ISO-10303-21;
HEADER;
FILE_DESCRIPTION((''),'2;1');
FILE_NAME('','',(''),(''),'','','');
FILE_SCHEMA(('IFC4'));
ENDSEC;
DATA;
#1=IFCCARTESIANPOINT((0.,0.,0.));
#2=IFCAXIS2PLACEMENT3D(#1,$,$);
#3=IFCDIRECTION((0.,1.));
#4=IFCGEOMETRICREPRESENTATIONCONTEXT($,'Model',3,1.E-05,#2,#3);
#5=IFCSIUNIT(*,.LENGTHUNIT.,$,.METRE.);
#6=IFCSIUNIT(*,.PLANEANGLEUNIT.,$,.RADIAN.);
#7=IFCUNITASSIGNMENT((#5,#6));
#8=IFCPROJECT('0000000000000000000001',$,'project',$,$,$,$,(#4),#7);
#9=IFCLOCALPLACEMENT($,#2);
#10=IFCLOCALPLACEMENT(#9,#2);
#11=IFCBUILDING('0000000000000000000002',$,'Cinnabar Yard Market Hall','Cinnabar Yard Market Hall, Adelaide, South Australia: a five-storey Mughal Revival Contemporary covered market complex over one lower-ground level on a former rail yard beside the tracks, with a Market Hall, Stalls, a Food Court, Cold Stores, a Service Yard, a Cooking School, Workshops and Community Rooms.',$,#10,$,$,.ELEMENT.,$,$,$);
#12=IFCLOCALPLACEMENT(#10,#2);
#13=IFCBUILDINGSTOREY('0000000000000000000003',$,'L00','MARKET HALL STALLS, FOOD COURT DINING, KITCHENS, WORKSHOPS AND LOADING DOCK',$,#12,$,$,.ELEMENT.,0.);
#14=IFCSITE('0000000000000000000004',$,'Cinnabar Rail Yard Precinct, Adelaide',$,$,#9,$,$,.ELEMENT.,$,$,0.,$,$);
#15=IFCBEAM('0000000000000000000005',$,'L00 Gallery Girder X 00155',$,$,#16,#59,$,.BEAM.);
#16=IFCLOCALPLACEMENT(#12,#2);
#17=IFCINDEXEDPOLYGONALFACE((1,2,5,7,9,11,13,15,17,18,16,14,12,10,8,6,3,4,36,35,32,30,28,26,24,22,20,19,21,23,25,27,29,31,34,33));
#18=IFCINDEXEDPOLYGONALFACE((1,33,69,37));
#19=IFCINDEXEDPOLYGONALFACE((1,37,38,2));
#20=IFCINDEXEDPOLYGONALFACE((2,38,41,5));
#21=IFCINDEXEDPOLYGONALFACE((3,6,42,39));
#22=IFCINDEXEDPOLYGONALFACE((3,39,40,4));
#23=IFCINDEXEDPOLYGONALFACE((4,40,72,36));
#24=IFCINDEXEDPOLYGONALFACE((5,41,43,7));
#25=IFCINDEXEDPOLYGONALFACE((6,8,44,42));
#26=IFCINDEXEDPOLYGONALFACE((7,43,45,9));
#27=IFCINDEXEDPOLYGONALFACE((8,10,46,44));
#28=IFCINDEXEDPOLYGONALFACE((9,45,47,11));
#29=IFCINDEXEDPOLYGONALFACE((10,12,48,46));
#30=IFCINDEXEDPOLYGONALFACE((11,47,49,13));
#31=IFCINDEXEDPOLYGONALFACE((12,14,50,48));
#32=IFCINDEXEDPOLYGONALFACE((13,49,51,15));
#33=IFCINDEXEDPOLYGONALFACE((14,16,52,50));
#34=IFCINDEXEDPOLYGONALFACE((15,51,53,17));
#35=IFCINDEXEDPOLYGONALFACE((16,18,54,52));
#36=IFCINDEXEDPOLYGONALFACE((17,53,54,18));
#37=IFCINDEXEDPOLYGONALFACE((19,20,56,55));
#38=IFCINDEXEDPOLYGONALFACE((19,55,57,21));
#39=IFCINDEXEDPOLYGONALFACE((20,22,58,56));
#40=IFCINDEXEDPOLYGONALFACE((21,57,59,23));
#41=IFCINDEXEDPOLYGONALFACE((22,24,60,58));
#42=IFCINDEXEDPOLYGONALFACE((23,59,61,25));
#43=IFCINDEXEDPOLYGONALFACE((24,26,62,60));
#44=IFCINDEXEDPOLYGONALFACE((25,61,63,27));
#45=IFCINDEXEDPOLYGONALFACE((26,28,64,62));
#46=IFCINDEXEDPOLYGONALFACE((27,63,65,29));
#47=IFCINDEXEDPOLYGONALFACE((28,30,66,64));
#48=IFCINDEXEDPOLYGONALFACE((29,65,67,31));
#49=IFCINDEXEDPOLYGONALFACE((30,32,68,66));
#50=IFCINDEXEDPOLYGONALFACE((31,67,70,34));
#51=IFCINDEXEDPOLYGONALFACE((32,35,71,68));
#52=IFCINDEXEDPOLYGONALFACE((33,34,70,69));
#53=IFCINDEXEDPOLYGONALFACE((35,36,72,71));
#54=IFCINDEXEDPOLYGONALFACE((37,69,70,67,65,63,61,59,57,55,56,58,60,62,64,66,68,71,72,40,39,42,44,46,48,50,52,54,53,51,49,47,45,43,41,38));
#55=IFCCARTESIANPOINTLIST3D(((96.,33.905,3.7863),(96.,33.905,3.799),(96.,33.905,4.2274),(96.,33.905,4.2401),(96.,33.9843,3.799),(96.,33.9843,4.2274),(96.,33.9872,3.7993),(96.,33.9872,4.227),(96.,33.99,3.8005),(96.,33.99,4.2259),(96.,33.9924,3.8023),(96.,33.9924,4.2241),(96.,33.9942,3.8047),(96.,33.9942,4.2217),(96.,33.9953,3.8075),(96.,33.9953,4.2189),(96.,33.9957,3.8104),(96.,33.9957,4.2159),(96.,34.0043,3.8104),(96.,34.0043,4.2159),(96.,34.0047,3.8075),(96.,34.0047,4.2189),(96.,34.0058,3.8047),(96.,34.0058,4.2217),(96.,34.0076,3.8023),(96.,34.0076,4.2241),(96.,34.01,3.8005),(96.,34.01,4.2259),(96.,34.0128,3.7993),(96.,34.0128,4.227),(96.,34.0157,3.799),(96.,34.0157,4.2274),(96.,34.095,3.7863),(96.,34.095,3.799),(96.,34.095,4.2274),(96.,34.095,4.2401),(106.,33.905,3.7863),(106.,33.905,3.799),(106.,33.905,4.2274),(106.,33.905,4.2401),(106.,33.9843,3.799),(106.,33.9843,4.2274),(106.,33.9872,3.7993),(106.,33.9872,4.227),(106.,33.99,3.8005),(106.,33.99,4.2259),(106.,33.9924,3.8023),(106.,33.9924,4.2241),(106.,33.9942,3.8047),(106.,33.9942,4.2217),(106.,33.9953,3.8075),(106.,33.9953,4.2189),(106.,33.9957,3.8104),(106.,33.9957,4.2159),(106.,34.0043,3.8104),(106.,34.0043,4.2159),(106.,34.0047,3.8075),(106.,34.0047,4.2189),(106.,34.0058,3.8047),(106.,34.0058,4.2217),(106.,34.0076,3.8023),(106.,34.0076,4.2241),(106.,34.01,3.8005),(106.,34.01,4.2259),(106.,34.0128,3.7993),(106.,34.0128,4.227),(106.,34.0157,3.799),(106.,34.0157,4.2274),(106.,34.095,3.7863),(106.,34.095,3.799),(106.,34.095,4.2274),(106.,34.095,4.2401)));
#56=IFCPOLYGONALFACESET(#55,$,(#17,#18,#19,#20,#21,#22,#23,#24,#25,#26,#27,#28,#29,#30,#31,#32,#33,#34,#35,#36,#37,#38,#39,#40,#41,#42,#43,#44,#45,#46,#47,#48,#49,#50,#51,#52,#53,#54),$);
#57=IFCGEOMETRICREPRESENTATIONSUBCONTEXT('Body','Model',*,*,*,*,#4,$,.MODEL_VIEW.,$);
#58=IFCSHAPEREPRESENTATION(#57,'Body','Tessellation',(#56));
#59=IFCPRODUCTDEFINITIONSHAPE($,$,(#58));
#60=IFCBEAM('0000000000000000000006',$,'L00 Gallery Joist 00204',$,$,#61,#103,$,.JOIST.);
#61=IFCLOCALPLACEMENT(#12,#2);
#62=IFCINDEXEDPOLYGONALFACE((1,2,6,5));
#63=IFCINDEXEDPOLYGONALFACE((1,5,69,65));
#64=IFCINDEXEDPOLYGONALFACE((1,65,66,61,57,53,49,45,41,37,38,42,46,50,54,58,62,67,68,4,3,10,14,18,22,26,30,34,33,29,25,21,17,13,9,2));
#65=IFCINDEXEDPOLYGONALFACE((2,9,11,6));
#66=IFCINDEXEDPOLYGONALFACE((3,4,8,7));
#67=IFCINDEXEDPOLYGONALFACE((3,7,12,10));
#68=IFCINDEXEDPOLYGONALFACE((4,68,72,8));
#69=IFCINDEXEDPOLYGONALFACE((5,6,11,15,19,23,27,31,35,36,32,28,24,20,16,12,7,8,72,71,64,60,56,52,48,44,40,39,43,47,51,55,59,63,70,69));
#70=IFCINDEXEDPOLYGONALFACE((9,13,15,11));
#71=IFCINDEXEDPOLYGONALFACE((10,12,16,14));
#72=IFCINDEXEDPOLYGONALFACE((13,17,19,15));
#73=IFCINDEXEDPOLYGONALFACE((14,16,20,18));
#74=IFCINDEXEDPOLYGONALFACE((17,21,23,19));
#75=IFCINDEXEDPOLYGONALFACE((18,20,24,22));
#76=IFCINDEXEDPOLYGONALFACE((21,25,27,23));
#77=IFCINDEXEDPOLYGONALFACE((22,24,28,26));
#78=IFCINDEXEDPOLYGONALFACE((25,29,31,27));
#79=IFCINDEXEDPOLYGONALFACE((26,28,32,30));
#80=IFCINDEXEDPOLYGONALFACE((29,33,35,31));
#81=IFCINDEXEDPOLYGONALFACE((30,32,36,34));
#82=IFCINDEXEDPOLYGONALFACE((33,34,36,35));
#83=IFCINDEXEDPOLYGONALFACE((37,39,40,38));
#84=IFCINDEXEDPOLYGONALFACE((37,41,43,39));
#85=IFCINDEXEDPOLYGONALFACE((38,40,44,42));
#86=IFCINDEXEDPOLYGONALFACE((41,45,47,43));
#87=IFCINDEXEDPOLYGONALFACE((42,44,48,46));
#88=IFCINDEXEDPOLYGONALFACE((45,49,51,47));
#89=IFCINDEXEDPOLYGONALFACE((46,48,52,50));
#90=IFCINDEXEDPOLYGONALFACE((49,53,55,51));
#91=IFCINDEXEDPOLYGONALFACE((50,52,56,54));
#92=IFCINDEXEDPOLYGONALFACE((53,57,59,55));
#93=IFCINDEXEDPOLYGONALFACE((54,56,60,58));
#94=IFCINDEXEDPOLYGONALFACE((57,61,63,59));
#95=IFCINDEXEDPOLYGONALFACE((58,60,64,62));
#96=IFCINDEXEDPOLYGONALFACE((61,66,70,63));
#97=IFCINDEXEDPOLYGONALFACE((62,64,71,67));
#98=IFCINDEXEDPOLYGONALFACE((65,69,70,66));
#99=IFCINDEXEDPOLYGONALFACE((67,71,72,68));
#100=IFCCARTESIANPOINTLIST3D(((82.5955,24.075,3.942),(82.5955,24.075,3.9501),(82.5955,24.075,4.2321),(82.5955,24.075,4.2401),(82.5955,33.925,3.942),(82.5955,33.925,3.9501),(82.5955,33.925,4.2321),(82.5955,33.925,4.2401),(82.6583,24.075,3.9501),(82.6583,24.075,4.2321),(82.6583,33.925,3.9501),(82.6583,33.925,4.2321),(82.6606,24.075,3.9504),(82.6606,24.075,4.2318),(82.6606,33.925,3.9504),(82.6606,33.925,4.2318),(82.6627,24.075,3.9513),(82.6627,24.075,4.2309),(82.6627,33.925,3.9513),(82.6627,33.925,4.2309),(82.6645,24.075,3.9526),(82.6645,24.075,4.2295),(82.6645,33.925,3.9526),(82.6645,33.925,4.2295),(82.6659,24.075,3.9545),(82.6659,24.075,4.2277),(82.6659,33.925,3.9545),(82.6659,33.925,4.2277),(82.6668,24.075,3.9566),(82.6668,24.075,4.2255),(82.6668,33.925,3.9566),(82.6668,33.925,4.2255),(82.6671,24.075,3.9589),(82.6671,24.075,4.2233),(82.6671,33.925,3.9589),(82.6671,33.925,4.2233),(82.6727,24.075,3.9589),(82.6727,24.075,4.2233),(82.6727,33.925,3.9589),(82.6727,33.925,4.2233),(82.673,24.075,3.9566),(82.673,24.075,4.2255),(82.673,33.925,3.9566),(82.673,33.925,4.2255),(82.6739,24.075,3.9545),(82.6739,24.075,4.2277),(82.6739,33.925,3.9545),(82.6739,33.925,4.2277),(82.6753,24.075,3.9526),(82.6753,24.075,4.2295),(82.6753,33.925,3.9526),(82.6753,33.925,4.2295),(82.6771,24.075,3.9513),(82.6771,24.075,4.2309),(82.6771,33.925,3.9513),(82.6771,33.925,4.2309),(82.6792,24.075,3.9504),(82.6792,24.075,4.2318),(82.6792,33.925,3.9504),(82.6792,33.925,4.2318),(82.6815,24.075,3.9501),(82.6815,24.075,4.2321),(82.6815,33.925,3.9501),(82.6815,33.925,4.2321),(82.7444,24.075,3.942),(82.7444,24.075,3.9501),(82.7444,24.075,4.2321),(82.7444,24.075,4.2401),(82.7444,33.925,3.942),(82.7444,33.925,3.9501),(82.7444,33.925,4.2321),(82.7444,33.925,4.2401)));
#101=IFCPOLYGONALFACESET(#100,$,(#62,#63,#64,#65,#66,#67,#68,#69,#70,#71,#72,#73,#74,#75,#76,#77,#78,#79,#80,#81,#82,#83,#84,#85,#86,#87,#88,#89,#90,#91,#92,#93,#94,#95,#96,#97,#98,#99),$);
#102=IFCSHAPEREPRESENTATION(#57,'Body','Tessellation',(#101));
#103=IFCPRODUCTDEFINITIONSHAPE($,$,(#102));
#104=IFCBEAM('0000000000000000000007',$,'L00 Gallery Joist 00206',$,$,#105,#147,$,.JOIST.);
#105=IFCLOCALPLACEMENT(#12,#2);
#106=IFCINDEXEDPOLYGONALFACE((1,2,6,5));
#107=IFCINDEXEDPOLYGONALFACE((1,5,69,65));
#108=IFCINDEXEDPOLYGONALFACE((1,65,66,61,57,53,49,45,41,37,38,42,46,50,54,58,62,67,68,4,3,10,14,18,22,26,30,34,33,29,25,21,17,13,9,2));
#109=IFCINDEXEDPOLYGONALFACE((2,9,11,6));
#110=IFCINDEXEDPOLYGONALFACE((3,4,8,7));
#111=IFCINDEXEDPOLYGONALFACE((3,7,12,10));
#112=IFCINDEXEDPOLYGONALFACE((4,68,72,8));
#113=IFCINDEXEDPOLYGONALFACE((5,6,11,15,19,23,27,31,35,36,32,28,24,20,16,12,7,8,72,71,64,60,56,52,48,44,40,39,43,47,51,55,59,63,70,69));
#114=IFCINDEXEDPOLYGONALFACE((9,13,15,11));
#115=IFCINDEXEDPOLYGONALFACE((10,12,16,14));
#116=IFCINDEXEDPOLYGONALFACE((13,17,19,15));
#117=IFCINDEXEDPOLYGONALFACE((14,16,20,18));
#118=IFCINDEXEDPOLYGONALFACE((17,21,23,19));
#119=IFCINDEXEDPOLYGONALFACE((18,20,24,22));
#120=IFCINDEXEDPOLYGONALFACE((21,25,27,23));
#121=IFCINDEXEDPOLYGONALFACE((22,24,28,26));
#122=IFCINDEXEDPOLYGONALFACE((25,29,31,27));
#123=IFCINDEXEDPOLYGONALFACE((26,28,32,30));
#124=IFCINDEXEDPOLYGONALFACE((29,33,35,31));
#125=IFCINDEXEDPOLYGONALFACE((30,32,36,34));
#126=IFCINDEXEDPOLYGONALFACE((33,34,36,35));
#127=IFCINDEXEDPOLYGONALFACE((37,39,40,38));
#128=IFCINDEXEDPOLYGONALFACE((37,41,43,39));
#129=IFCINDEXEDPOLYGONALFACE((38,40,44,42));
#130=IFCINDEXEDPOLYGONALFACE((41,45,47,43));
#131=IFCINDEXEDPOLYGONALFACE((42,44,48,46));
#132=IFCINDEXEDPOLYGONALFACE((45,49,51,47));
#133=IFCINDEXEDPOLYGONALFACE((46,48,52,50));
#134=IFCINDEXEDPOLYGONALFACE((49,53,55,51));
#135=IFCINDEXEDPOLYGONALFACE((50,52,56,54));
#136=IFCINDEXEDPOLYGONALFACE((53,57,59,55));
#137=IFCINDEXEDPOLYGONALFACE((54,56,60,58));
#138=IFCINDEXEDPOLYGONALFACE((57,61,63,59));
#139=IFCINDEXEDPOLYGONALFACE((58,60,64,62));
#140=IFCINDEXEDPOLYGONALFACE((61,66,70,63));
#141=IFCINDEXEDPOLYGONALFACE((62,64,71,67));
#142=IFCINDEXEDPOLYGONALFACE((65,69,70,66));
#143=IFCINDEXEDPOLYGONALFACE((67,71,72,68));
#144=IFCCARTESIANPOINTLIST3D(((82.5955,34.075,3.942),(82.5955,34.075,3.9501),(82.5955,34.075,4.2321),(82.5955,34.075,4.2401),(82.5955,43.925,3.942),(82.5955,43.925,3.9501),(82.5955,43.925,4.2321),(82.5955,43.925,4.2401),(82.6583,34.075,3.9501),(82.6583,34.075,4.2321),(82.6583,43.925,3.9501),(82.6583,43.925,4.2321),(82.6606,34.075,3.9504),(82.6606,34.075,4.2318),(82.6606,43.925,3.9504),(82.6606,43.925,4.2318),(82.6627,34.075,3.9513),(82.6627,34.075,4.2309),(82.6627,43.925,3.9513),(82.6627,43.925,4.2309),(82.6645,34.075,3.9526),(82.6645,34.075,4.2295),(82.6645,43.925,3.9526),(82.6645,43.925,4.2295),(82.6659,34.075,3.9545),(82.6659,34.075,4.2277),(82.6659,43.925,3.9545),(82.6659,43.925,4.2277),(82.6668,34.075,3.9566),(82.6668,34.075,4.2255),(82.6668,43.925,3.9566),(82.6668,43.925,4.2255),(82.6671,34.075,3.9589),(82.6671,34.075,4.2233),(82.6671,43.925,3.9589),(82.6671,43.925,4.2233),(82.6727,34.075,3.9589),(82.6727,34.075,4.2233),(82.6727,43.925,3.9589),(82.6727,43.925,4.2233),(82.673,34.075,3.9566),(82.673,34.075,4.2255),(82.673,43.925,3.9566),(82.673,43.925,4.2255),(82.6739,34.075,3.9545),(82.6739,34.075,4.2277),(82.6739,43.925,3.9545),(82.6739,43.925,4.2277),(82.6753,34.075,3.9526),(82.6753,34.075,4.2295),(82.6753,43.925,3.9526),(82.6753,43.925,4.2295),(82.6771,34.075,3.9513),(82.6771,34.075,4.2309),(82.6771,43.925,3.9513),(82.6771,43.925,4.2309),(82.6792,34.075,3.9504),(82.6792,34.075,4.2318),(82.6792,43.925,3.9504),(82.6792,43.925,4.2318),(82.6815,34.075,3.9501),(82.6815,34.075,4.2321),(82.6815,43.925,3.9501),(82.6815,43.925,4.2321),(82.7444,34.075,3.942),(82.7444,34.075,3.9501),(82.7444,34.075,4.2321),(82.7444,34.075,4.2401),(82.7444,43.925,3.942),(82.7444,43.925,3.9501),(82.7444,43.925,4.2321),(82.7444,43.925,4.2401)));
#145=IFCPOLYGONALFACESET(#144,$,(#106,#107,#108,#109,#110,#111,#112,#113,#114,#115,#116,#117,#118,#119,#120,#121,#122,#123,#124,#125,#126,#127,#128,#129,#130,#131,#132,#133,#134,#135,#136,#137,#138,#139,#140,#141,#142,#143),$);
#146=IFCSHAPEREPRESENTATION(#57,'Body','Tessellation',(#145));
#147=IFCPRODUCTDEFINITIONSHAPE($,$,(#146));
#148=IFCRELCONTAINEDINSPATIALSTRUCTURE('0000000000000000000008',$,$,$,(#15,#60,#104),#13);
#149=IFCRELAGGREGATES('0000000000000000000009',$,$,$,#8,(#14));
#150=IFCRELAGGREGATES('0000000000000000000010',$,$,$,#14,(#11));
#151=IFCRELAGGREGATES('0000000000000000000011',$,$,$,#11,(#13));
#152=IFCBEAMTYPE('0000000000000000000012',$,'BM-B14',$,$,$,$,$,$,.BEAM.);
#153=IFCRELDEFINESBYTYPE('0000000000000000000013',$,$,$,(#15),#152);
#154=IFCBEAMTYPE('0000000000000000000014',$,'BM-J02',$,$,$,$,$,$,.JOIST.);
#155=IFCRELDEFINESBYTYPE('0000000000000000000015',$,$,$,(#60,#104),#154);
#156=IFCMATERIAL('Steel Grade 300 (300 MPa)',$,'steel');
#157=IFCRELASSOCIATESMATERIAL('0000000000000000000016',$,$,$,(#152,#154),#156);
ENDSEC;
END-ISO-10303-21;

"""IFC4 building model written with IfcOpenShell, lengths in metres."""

from ifc_helpers import new_model, si_unit, direction, frame, origin, origin_2d_with_axis, place, context, subcontext, project, spatial, i_section, extrude, material, material_profile, profile_set, type_object, element, save


model = new_model("IFC4")

# Units and contexts
model_context = context("Model", 3, precision=1e-05, world=origin(), true_north=direction((0.0, 1.0)))
body_context = subcontext(model_context, "Body", "Model", "MODEL_VIEW")
ifc_project = project(units=[si_unit("LENGTHUNIT", "METRE"), si_unit("PLANEANGLEUNIT", "RADIAN")], contexts=[model_context])

# Site, building, storey
site_placement = place(None, origin())
site = spatial("IfcSite", under=ifc_project, at=site_placement, Name="Cinnabar Rail Yard Precinct, Adelaide", CompositionType="ELEMENT", RefElevation=0.0)
building_placement = place(site_placement, origin())
building = spatial("IfcBuilding", under=site, at=building_placement, Name="Cinnabar Yard Market Hall", Description="Cinnabar Yard Market Hall, Adelaide, South Australia: a five-storey Mughal Revival Contemporary covered market complex over one lower-ground level on a former rail yard beside the tracks, with a Market Hall, Stalls, a Food Court, Cold Stores, a Service Yard, a Cooking School, Workshops and Community Rooms.", CompositionType="ELEMENT")
storey_placement = place(building_placement, origin())
storey = spatial("IfcBuildingStorey", under=building, at=storey_placement, Name="L00", Description="MARKET HALL STALLS, FOOD COURT DINING, KITCHENS, WORKSHOPS AND LOADING DOCK", CompositionType="ELEMENT", Elevation=0.0)

# Beams
ifc_material_1 = material(Name="Steel Grade 300 (300 MPa)", Category="steel")
ifc_material_profile_1 = material_profile(ifc_material_1, i_section(OverallWidth=0.1899, OverallDepth=0.4539, WebThickness=0.0085, FlangeThickness=0.0127, FilletRadius=0.0115, at=origin_2d_with_axis()), Name="460UB67.1")
ifc_profile_set_1 = profile_set([ifc_material_profile_1], Name="Steel Grade 300 (300 MPa)")
beam_type_1 = type_object("IfcBeamType", Name="BM-B14", PredefinedType="BEAM", material=ifc_profile_set_1)
beam_1_placement = place(storey_placement, frame((96.0, 34.0, 4.0132), z_axis=(1.0, 0.0, 0.0), x_axis=(0.0, 1.0, 0.0)))
element("IfcBeam", 1, at=beam_1_placement, inside=storey, type_object=beam_type_1, Name="L00 Gallery Girder X 00155", PredefinedType="BEAM", context=body_context, shape_type="SweptSolid", body=[
    extrude(i_section(OverallWidth=0.1899, OverallDepth=0.4539, WebThickness=0.0085, FlangeThickness=0.0127, FilletRadius=0.0115, at=origin_2d_with_axis()), origin(), (0.0, 0.0, 1.0), 10.0),
])
ifc_material_profile_2 = material_profile(ifc_material_1, i_section(OverallWidth=0.1489, OverallDepth=0.2981, WebThickness=0.0056, FlangeThickness=0.0081, FilletRadius=0.0088, at=origin_2d_with_axis()), Name="310UB32.0")
ifc_profile_set_2 = profile_set([ifc_material_profile_2], Name="Steel Grade 300 (300 MPa)")
beam_type_2 = type_object("IfcBeamType", Name="BM-J02", PredefinedType="JOIST", material=ifc_profile_set_2)
for number, where, z_axis, x_axis, name in (
    (2, (82.6699, 24.075, 4.0911), (0.0, 1.0, 0.0), (-1.0, 0.0, 0.0), "L00 Gallery Joist 00204"),
    (3, (82.6699, 34.075, 4.0911), (0.0, 1.0, 0.0), (-1.0, 0.0, 0.0), "L00 Gallery Joist 00206"),
):
    element("IfcBeam", number, at=place(storey_placement, frame(where, z_axis=z_axis, x_axis=x_axis)), inside=storey, type_object=beam_type_2, Name=name, PredefinedType="JOIST", context=body_context, shape_type="SweptSolid", body=[
        extrude(i_section(OverallWidth=0.1489, OverallDepth=0.2981, WebThickness=0.0056, FlangeThickness=0.0081, FilletRadius=0.0088, at=origin_2d_with_axis()), origin(), (0.0, 0.0, 1.0), 9.8501),
    ])

save(model, "model.ifc")
